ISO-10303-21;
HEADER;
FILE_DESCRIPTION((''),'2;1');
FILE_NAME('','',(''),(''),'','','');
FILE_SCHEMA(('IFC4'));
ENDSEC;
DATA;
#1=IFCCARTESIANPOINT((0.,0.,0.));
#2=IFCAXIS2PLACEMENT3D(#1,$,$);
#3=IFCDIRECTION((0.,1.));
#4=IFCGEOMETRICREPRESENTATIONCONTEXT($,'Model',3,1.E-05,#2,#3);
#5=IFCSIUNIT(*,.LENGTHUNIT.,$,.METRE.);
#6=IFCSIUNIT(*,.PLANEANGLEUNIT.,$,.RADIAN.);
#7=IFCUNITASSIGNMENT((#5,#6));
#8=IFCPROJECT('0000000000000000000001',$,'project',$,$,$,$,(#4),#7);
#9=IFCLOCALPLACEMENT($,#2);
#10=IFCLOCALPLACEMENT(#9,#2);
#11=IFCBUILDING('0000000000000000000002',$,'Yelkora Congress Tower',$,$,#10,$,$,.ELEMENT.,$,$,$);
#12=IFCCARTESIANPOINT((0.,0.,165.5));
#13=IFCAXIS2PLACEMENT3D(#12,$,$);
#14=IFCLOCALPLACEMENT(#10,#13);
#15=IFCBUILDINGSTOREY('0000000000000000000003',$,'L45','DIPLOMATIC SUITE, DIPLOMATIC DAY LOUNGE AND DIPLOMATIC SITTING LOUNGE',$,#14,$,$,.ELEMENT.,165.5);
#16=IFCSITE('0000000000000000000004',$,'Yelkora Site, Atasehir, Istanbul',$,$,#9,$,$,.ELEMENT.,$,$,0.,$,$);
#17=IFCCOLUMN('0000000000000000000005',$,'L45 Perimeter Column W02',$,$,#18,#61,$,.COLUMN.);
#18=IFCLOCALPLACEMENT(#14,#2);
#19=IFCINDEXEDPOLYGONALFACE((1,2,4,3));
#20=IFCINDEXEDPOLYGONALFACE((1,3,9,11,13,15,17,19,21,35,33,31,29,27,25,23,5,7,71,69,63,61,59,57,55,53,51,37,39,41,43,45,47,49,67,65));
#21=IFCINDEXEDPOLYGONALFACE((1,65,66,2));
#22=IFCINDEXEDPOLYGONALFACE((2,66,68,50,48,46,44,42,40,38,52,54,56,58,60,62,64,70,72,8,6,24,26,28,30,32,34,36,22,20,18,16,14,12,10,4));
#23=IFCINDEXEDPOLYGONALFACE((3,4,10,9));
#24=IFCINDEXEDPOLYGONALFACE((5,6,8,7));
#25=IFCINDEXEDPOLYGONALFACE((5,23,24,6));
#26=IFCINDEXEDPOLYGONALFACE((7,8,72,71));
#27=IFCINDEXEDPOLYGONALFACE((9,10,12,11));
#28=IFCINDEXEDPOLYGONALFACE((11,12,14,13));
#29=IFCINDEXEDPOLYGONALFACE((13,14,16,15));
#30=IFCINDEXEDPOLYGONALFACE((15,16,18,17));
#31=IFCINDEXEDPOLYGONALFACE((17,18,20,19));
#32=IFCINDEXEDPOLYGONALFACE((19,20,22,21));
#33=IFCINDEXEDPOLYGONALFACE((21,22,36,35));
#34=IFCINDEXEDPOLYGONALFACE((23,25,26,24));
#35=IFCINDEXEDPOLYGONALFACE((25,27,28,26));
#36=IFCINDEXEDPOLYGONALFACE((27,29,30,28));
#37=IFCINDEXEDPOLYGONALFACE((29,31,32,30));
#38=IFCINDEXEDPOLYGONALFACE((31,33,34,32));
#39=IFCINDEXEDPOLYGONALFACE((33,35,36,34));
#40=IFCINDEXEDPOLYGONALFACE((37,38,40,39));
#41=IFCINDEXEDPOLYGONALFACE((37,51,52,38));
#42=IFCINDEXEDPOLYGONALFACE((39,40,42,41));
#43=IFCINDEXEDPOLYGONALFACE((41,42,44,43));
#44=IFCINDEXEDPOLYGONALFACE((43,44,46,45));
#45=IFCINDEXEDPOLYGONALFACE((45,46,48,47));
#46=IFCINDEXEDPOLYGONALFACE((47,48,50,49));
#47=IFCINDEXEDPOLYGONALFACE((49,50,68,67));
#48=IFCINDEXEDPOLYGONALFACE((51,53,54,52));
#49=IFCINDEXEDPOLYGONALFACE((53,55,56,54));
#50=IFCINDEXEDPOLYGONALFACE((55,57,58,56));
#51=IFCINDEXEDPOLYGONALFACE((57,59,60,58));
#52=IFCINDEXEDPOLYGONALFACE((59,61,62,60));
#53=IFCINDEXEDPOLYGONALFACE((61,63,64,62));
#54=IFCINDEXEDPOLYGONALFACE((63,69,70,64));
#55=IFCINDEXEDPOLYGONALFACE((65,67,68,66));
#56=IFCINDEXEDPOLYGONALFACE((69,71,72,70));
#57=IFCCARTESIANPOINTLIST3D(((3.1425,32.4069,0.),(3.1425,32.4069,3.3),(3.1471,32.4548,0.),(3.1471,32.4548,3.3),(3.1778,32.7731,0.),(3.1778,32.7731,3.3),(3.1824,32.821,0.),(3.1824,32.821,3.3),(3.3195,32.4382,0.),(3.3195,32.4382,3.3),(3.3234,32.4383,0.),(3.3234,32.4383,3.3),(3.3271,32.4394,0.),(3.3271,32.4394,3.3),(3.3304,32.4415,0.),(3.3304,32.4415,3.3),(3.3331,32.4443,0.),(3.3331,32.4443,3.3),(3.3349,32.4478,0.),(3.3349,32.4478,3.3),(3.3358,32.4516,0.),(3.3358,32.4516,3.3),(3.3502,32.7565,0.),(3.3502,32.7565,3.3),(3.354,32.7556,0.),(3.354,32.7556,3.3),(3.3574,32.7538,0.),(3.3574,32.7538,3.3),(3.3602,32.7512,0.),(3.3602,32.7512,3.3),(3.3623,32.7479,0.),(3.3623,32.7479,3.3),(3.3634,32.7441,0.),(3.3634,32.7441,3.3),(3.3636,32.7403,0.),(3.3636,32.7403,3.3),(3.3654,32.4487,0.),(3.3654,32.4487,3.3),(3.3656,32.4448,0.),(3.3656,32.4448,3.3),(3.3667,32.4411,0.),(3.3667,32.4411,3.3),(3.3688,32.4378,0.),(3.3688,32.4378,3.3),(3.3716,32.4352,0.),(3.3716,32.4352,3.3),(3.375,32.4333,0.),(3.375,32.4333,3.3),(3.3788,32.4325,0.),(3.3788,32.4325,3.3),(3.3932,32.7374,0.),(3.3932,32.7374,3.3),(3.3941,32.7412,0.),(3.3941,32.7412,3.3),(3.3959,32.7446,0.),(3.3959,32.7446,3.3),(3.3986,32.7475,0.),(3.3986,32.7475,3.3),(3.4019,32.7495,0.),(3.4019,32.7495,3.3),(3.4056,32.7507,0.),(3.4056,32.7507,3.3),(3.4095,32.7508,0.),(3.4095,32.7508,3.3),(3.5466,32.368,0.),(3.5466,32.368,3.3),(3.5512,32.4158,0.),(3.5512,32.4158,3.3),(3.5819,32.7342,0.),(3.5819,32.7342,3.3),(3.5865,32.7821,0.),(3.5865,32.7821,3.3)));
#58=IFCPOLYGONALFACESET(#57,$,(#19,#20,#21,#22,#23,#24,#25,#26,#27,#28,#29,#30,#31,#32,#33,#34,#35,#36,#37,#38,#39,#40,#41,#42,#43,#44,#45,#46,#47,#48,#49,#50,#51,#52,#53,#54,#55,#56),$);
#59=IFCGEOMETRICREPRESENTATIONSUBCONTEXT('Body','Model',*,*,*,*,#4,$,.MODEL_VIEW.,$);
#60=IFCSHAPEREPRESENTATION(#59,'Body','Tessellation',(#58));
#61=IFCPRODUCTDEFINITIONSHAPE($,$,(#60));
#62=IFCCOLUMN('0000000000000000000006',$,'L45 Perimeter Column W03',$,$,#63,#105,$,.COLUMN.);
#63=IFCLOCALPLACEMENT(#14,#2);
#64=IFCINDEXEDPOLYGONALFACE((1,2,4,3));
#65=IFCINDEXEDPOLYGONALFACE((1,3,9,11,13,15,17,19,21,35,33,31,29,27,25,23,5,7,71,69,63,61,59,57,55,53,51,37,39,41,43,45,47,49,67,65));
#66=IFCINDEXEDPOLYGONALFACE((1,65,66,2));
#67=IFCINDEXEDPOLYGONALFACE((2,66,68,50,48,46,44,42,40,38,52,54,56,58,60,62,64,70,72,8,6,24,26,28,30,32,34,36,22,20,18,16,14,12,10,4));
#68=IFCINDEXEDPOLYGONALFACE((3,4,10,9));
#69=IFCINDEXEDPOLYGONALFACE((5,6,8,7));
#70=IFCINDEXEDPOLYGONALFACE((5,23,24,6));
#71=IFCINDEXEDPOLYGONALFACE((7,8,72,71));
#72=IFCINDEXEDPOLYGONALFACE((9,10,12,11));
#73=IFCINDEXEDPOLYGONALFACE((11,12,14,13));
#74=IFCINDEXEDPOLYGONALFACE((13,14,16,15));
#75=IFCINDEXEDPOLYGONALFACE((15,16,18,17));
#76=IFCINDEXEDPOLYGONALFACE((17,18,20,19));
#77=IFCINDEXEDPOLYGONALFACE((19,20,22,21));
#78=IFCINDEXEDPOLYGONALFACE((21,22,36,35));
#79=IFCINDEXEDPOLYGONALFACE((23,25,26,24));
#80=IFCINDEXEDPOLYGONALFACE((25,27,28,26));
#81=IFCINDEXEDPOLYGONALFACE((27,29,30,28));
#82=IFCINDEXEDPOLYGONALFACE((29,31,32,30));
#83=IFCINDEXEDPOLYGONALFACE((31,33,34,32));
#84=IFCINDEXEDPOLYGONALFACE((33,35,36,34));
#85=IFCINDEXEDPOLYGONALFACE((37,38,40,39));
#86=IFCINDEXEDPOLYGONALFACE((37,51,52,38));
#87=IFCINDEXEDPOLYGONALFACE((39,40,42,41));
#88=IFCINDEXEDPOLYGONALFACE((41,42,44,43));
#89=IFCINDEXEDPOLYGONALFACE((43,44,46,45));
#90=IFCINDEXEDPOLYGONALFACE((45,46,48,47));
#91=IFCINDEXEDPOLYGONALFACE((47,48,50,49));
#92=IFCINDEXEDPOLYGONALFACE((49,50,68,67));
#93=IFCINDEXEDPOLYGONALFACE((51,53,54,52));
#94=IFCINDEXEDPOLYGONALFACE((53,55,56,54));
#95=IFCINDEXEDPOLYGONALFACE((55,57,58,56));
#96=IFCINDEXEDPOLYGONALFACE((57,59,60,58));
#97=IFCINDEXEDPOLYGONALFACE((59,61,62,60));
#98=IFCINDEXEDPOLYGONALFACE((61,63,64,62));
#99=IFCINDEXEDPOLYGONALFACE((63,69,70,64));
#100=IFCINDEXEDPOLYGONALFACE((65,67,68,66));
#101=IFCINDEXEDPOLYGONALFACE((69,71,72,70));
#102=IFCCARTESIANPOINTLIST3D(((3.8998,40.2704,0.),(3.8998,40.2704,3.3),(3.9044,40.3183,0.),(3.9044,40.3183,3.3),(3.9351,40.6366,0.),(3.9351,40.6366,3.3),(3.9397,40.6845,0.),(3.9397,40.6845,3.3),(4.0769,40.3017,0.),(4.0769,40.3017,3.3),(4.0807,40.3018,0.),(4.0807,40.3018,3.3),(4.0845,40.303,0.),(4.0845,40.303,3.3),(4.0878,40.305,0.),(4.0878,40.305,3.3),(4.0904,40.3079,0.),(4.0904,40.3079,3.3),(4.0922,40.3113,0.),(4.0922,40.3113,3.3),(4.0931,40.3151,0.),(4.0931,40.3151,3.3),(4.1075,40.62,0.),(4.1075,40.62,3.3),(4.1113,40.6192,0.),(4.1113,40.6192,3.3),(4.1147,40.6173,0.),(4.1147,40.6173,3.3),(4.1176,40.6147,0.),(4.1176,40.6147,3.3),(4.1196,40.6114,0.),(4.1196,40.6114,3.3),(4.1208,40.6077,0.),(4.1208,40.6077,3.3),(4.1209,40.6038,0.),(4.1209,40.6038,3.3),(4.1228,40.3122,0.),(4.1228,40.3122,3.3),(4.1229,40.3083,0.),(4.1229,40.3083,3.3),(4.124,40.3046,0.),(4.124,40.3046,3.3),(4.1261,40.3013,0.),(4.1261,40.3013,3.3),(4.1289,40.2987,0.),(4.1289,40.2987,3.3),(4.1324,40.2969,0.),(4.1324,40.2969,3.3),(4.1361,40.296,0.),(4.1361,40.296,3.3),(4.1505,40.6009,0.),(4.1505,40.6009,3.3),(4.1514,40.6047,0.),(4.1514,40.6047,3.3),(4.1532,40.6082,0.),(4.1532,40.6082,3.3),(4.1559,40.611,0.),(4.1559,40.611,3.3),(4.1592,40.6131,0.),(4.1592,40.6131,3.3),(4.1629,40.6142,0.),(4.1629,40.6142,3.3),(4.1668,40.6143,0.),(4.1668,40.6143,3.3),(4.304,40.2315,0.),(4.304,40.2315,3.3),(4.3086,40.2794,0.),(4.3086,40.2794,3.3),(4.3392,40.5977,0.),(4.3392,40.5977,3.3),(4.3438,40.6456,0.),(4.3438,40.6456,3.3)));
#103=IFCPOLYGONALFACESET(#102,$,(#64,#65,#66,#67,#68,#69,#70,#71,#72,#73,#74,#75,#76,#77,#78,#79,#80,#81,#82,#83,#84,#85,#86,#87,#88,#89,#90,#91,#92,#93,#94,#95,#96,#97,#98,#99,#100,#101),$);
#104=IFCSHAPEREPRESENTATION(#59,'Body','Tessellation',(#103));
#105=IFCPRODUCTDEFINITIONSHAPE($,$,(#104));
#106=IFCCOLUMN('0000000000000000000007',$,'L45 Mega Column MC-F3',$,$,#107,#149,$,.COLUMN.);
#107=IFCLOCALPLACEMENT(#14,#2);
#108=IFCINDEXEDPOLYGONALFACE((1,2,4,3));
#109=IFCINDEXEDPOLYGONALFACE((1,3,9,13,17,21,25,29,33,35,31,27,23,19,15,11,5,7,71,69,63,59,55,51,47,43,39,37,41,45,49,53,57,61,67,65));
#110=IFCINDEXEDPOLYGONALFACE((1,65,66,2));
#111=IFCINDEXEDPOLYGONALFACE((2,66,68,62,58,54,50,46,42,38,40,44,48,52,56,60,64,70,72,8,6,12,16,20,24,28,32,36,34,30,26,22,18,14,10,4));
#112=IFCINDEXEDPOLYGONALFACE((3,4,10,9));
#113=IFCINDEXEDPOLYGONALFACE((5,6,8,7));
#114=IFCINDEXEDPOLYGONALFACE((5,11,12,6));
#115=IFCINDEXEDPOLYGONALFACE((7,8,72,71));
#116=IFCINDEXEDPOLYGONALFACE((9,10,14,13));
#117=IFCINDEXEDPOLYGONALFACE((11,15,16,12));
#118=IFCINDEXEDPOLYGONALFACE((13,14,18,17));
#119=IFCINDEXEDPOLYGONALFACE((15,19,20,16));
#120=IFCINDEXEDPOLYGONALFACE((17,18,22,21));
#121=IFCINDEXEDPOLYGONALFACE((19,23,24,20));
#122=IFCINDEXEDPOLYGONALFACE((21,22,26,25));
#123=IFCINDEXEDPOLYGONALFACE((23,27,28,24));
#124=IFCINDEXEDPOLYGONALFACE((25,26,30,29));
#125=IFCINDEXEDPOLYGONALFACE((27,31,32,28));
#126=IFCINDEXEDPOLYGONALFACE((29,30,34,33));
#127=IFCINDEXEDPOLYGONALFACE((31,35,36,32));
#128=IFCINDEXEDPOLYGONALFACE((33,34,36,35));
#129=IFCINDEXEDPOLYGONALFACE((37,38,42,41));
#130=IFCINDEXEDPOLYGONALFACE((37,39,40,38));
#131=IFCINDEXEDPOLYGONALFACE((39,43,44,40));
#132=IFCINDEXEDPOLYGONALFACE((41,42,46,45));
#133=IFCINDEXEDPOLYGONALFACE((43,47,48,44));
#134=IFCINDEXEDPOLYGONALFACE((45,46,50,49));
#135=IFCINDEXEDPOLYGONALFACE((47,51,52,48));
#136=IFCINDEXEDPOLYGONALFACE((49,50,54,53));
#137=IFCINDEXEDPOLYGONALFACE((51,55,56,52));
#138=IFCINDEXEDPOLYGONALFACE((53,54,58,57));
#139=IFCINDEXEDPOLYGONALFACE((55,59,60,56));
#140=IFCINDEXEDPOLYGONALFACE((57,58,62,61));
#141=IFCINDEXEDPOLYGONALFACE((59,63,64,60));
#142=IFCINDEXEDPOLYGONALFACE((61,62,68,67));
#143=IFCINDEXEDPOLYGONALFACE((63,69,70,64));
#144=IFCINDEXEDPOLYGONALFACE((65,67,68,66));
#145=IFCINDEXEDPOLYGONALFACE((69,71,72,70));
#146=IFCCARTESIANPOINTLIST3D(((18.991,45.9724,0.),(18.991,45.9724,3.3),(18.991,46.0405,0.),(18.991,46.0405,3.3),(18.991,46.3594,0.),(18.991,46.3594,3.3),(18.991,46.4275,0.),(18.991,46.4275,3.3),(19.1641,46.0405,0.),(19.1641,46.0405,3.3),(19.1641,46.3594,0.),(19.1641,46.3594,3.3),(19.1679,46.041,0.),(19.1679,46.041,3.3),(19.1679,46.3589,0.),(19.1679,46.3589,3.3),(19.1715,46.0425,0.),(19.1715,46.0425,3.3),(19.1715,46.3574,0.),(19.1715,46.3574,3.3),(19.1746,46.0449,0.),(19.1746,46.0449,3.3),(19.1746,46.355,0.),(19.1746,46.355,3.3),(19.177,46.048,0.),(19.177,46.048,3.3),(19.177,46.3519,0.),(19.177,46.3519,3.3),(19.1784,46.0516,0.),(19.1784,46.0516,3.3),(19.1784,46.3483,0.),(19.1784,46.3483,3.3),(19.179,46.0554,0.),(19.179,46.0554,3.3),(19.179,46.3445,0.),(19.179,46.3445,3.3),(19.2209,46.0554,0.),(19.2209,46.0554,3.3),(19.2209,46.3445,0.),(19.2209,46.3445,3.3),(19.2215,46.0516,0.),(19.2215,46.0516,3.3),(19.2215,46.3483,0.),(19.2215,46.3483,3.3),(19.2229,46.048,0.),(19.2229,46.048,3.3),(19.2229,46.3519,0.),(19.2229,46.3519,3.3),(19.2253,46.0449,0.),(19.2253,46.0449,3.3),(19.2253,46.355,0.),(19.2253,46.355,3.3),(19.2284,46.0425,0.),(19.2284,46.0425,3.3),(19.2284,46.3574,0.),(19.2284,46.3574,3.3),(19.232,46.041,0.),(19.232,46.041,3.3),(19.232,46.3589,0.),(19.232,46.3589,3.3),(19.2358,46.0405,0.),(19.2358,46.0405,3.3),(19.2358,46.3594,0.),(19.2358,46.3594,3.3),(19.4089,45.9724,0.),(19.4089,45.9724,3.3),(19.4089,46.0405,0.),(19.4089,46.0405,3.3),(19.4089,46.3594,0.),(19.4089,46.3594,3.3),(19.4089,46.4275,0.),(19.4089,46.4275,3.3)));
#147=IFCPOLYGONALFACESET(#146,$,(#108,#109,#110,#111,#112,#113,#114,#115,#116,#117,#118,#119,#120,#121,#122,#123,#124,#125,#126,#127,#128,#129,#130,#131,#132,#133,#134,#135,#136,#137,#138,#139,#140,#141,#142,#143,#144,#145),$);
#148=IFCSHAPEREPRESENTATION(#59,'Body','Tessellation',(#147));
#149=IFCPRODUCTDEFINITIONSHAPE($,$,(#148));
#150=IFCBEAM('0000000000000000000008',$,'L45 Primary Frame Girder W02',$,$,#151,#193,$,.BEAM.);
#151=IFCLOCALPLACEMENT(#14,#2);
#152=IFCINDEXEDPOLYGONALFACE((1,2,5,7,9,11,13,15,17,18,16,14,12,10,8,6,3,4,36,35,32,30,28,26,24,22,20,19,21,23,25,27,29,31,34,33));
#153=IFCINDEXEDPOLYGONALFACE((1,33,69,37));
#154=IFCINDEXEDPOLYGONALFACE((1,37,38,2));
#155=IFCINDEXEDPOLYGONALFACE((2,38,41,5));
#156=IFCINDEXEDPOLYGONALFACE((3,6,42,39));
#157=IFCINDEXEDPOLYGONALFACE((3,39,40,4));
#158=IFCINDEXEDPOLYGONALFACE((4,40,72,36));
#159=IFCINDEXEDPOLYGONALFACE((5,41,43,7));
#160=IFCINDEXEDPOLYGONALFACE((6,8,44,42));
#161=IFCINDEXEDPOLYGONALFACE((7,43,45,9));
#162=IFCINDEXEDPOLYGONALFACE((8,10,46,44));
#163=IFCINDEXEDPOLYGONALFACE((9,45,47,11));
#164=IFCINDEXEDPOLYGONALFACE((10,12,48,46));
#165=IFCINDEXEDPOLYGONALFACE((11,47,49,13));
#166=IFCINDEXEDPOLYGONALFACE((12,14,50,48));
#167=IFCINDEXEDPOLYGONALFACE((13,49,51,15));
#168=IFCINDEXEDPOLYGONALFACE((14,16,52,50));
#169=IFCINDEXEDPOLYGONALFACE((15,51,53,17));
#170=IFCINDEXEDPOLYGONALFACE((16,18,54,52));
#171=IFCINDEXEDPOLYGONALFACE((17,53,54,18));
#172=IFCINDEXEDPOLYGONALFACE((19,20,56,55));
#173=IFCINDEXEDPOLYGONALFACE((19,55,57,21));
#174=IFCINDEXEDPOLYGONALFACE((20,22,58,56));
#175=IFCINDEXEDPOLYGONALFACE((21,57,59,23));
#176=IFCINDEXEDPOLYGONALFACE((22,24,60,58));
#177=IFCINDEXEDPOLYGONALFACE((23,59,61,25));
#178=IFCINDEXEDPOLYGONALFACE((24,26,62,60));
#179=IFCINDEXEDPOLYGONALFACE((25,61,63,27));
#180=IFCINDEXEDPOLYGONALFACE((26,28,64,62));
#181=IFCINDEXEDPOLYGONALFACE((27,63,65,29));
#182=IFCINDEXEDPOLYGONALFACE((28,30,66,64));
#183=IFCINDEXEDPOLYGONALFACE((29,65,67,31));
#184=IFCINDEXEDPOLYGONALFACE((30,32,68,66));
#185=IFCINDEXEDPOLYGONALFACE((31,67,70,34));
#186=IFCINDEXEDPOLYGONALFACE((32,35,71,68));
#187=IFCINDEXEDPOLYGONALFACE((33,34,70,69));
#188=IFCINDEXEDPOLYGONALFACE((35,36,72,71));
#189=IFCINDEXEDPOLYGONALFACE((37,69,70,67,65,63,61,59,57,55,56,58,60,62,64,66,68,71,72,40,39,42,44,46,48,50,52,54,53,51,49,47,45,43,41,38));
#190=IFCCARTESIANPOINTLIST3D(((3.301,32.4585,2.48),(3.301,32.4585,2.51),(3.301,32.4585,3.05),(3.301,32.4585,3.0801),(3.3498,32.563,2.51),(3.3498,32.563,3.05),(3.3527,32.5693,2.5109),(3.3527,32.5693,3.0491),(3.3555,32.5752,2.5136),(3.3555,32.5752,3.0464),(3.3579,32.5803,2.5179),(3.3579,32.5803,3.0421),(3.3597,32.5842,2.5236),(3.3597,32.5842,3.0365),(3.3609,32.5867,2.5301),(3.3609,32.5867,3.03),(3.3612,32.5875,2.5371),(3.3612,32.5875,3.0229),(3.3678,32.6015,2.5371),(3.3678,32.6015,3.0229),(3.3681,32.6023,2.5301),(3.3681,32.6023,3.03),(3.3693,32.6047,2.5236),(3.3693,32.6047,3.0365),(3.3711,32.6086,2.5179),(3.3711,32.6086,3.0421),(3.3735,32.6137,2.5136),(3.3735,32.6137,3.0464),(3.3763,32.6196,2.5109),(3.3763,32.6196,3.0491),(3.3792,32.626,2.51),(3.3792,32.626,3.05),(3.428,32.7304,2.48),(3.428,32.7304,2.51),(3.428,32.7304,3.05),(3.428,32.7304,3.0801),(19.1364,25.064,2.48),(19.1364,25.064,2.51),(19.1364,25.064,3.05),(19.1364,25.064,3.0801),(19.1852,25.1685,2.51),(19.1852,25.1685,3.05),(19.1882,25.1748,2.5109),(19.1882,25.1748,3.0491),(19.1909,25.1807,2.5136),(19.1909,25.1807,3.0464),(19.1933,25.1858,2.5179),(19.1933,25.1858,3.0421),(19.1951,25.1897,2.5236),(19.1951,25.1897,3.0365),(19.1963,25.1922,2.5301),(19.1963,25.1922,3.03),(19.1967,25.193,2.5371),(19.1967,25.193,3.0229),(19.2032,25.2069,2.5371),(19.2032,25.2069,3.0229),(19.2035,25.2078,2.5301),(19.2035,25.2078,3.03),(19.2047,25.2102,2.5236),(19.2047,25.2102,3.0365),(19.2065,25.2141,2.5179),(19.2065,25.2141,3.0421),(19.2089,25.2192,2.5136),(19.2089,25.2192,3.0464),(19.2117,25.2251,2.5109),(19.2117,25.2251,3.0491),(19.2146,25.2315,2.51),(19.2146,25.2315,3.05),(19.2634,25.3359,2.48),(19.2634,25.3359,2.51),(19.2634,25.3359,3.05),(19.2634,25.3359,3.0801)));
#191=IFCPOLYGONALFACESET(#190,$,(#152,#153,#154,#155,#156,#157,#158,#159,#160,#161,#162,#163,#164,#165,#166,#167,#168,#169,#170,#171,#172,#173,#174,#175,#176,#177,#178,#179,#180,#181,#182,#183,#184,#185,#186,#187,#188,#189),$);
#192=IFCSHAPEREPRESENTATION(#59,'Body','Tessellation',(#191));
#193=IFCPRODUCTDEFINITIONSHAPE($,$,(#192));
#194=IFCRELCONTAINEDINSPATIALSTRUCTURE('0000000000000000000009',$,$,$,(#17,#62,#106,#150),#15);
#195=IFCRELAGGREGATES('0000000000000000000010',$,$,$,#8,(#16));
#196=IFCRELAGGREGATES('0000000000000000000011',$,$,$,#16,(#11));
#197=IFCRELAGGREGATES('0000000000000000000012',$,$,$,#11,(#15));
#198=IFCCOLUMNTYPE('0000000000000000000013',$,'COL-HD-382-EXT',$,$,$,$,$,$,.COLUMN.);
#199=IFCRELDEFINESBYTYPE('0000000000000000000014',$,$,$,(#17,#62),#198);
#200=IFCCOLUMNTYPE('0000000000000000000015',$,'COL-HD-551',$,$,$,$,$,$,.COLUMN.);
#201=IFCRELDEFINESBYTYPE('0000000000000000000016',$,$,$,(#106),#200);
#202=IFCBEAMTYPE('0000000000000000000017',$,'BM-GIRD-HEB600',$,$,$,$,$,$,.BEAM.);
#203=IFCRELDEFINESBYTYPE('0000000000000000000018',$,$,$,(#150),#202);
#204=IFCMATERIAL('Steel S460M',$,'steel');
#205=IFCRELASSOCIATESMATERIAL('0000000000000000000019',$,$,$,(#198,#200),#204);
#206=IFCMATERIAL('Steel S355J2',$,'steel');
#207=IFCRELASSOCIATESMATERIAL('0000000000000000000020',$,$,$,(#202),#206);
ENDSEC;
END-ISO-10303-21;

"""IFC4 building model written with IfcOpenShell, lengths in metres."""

from ifc_helpers import new_model, si_unit, direction, frame, origin, origin_2d, place, context, subcontext, project, spatial, i_section, extrude, material, material_profile, profile_set, type_object, element, save


model = new_model("IFC4")

# Units and contexts
model_context = context("Model", 3, precision=1e-05, world=origin(), true_north=direction((0.0, 1.0)))
body_context = subcontext(model_context, "Body", "Model", "MODEL_VIEW")
ifc_project = project(units=[si_unit("LENGTHUNIT", "METRE"), si_unit("PLANEANGLEUNIT", "RADIAN")], contexts=[model_context])

# Site, building, storey
site_placement = place(None, origin())
site = spatial("IfcSite", under=ifc_project, at=site_placement, Name="Yelkora Site, Atasehir, Istanbul", CompositionType="ELEMENT", RefElevation=0.0)
building_placement = place(site_placement, origin())
building = spatial("IfcBuilding", under=site, at=building_placement, Name="Yelkora Congress Tower", CompositionType="ELEMENT")
storey_placement = place(building_placement, frame((0.0, 0.0, 165.5)))
storey = spatial("IfcBuildingStorey", under=building, at=storey_placement, Name="L45", Description="DIPLOMATIC SUITE, DIPLOMATIC DAY LOUNGE AND DIPLOMATIC SITTING LOUNGE", CompositionType="ELEMENT", Elevation=165.5)

# Columns
ifc_material_1 = material(Name="Steel S460M", Category="steel")
ifc_material_profile_1 = material_profile(ifc_material_1, i_section(OverallWidth=0.406, OverallDepth=0.416, WebThickness=0.0298, FlangeThickness=0.0481, FilletRadius=0.0149, at=origin_2d()), Name="HD 400x382")
ifc_profile_set_1 = profile_set([ifc_material_profile_1], Name="Steel S460M")
column_type_1 = type_object("IfcColumnType", Name="COL-HD-382-EXT", PredefinedType="COLUMN", material=ifc_profile_set_1)
for number, where, z_axis, x_axis, name in (
    (1, (3.3645, 32.5945, 0.0), (0.0, 0.0, 1.0), (0.995396, -0.095846, 0.0), "L45 Perimeter Column W02"),
    (2, (4.1218, 40.458, 0.0), (0.0, 0.0, 1.0), (0.995396, -0.095846, 0.0), "L45 Perimeter Column W03"),
):
    element("IfcColumn", number, at=place(storey_placement, frame(where, z_axis=z_axis, x_axis=x_axis)), inside=storey, type_object=column_type_1, Name=name, PredefinedType="COLUMN", context=body_context, shape_type="SweptSolid", body=[
        extrude(i_section(OverallWidth=0.406, OverallDepth=0.416, WebThickness=0.0298, FlangeThickness=0.0481, FilletRadius=0.0149, at=origin_2d()), origin(), (0.0, 0.0, 1.0), 3.3),
    ])
ifc_material_profile_2 = material_profile(ifc_material_1, i_section(OverallWidth=0.418, OverallDepth=0.4551, WebThickness=0.042, FlangeThickness=0.0681, FilletRadius=0.0149, at=origin_2d()), Name="HD 400x551")
ifc_profile_set_2 = profile_set([ifc_material_profile_2], Name="Steel S460M")
column_type_2 = type_object("IfcColumnType", Name="COL-HD-551", PredefinedType="COLUMN", material=ifc_profile_set_2)
column_placement = place(storey_placement, frame((19.2, 46.2, 0.0), z_axis=(0.0, 0.0, 1.0), x_axis=(1.0, 0.0, 0.0)))
element("IfcColumn", 3, at=column_placement, inside=storey, type_object=column_type_2, Name="L45 Mega Column MC-F3", PredefinedType="COLUMN", context=body_context, shape_type="SweptSolid", body=[
    extrude(i_section(OverallWidth=0.418, OverallDepth=0.4551, WebThickness=0.042, FlangeThickness=0.0681, FilletRadius=0.0149, at=origin_2d()), origin(), (0.0, 0.0, 1.0), 3.3),
])

# Beam
ifc_material_2 = material(Name="Steel S355J2", Category="steel")
ifc_material_profile_3 = material_profile(ifc_material_2, i_section(OverallWidth=0.3, OverallDepth=0.6001, WebThickness=0.0154, FlangeThickness=0.03, FilletRadius=0.0271, at=origin_2d()), Name="HEB 600")
ifc_profile_set_3 = profile_set([ifc_material_profile_3], Name="Steel S355J2")
beam_type_1 = type_object("IfcBeamType", Name="BM-GIRD-HEB600", PredefinedType="BEAM", material=ifc_profile_set_3)
beam_1_placement = place(storey_placement, frame((3.3645, 32.5945, 2.78), z_axis=(0.906081, -0.423104, 0.0), x_axis=(0.423104, 0.906081, 0.0)))
element("IfcBeam", 4, at=beam_1_placement, inside=storey, type_object=beam_type_1, Name="L45 Primary Frame Girder W02", PredefinedType="BEAM", context=body_context, shape_type="SweptSolid", body=[
    extrude(i_section(OverallWidth=0.3, OverallDepth=0.6001, WebThickness=0.0154, FlangeThickness=0.03, FilletRadius=0.0271, at=origin_2d()), origin(), (0.0, 0.0, 1.0), 17.4768),
])

save(model, "model.ifc")
